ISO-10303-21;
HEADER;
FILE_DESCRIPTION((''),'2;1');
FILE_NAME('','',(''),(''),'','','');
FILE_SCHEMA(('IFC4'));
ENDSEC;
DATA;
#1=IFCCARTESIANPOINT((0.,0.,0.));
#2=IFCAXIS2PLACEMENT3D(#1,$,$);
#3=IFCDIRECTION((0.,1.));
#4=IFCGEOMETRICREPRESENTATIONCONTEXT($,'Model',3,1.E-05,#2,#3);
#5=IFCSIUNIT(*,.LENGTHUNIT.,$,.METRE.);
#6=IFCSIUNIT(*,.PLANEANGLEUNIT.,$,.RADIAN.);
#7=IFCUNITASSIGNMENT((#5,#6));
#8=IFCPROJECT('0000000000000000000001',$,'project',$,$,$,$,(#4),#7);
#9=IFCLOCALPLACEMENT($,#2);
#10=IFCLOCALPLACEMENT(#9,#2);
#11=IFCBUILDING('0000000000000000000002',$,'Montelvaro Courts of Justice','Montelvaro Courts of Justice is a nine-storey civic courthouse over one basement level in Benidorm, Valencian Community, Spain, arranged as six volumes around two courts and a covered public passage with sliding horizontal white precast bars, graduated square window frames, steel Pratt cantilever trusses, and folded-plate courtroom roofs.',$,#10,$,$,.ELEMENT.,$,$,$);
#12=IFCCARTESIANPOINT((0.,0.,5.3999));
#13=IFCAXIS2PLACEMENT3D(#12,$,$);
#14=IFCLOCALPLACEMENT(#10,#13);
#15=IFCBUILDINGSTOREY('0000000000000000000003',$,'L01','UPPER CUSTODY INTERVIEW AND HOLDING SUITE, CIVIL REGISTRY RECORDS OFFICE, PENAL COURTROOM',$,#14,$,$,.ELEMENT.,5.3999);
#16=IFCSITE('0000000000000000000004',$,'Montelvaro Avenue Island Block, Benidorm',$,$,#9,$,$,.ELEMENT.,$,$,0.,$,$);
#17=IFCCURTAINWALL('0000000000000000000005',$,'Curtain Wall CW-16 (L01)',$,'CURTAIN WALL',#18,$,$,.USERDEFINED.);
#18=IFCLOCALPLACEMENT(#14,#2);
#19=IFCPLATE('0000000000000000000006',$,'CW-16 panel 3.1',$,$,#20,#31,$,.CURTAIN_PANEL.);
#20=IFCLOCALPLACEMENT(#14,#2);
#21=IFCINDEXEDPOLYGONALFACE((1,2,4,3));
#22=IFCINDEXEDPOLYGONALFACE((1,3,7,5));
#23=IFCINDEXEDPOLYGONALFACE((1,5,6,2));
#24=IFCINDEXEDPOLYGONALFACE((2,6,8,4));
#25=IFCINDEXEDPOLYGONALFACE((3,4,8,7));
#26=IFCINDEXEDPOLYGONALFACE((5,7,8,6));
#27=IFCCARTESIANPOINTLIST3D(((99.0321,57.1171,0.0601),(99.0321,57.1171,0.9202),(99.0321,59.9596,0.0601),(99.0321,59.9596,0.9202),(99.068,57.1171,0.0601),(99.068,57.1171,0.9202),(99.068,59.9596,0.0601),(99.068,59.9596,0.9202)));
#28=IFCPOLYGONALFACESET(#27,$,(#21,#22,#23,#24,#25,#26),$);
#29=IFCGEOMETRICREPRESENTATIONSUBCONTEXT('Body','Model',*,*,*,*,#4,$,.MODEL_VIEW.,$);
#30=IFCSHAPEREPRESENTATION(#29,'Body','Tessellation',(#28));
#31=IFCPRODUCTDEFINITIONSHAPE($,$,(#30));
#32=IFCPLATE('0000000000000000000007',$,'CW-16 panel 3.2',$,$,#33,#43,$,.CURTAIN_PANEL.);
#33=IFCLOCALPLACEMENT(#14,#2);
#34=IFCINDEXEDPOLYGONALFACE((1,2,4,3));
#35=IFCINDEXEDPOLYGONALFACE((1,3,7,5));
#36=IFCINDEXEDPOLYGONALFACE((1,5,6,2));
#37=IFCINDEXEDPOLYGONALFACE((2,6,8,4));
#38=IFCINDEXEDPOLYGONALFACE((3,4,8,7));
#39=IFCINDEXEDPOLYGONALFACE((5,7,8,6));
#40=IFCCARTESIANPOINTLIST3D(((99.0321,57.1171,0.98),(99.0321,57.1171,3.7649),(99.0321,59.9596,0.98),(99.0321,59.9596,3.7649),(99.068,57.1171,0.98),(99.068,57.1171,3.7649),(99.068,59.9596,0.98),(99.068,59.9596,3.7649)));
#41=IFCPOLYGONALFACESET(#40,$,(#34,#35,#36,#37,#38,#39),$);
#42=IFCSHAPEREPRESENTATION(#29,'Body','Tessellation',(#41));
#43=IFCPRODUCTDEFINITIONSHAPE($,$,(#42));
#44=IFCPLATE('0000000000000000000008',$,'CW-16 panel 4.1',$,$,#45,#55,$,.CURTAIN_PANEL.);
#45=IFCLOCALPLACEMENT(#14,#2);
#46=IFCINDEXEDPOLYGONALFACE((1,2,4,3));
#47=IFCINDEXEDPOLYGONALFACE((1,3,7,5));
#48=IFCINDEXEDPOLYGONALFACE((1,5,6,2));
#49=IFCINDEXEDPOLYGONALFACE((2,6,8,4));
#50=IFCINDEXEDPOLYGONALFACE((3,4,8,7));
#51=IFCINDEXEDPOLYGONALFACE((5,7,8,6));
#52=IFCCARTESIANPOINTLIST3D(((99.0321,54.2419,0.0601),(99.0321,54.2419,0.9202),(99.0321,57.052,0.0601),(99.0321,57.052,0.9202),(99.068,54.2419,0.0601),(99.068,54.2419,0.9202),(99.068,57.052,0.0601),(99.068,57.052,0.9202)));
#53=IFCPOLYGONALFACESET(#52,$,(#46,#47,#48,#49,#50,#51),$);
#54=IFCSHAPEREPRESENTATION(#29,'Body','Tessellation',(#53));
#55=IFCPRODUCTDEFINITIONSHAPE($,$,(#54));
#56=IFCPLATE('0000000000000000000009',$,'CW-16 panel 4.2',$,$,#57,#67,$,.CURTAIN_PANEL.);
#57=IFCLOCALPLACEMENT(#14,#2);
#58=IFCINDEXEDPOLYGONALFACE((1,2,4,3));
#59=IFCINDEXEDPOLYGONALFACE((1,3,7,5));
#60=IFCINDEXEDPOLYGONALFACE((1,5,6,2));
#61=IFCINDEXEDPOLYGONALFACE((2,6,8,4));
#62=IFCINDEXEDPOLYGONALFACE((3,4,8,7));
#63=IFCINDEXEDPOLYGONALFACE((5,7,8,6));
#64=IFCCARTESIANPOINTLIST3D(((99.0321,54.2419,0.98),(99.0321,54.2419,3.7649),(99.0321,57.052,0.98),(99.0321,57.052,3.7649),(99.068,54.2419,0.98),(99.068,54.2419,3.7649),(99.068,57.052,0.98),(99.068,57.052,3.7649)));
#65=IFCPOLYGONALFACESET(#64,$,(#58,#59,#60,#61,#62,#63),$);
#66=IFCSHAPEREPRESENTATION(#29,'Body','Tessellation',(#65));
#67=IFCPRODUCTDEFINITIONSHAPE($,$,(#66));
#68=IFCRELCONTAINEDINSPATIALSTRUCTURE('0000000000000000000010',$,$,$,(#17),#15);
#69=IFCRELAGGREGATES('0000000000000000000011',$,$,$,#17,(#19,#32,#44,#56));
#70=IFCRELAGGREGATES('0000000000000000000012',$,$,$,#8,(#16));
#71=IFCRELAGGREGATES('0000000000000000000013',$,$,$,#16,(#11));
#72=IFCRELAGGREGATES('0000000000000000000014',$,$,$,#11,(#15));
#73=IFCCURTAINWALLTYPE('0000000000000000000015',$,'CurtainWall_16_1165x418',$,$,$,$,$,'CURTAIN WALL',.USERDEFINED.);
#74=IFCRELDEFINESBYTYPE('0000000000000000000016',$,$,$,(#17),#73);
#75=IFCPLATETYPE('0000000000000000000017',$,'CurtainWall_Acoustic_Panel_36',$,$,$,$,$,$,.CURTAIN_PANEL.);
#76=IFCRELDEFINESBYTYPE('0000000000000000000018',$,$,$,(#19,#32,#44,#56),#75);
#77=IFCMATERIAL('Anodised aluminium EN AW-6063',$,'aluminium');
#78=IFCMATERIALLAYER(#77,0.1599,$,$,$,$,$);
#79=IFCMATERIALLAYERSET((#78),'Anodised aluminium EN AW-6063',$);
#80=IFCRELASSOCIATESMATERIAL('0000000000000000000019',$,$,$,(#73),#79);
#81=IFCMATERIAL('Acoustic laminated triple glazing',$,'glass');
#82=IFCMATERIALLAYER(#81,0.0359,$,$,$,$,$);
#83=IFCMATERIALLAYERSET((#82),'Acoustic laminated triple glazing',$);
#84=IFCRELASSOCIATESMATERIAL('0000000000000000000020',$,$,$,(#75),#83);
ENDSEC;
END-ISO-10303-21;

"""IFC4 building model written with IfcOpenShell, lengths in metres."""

from ifc_helpers import new_model, si_unit, direction, frame, origin, origin_2d, place, context, subcontext, project, spatial, rectangle, extrude, material, layer, layer_set, type_object, element, aggregate, save


model = new_model("IFC4")

# Units and contexts
model_context = context("Model", 3, precision=1e-05, world=origin(), true_north=direction((0.0, 1.0)))
body_context = subcontext(model_context, "Body", "Model", "MODEL_VIEW")
ifc_project = project(units=[si_unit("LENGTHUNIT", "METRE"), si_unit("PLANEANGLEUNIT", "RADIAN")], contexts=[model_context])

# Site, building, storey
site_placement = place(None, origin())
site = spatial("IfcSite", under=ifc_project, at=site_placement, Name="Montelvaro Avenue Island Block, Benidorm", CompositionType="ELEMENT", RefElevation=0.0)
building_placement = place(site_placement, origin())
building = spatial("IfcBuilding", under=site, at=building_placement, Name="Montelvaro Courts of Justice", Description="Montelvaro Courts of Justice is a nine-storey civic courthouse over one basement level in Benidorm, Valencian Community, Spain, arranged as six volumes around two courts and a covered public passage with sliding horizontal white precast bars, graduated square window frames, steel Pratt cantilever trusses, and folded-plate courtroom roofs.", CompositionType="ELEMENT")
storey_placement = place(building_placement, frame((0.0, 0.0, 5.3999)))
storey = spatial("IfcBuildingStorey", under=building, at=storey_placement, Name="L01", Description="UPPER CUSTODY INTERVIEW AND HOLDING SUITE, CIVIL REGISTRY RECORDS OFFICE, PENAL COURTROOM", CompositionType="ELEMENT", Elevation=5.3999)

# Curtain wall
ifc_material_1 = material(Name="Anodised aluminium EN AW-6063", Category="aluminium")
ifc_layer_1 = layer(ifc_material_1, 0.1599)
ifc_layer_set_1 = layer_set([ifc_layer_1], Name="Anodised aluminium EN AW-6063")
curtain_wall_type = type_object("IfcCurtainWallType", Name="CurtainWall_16_1165x418", ElementType="CURTAIN WALL", PredefinedType="USERDEFINED", material=ifc_layer_set_1)
curtain_wall_1_placement = place(storey_placement, origin())
curtain_wall_1 = element("IfcCurtainWall", 1, at=curtain_wall_1_placement, inside=storey, type_object=curtain_wall_type, Name="Curtain Wall CW-16 (L01)", ObjectType="CURTAIN WALL", PredefinedType="USERDEFINED")

# Plates
ifc_material_2 = material(Name="Acoustic laminated triple glazing", Category="glass")
ifc_layer_2 = layer(ifc_material_2, 0.0359)
ifc_layer_set_2 = layer_set([ifc_layer_2], Name="Acoustic laminated triple glazing")
plate_type = type_object("IfcPlateType", Name="CurtainWall_Acoustic_Panel_36", PredefinedType="CURTAIN_PANEL", material=ifc_layer_set_2)
plate_1_placement = place(storey_placement, frame((99.05, 58.5383, 0.0601), z_axis=(0.0, 0.0, 1.0), x_axis=(0.0, -1.0, 0.0)))
plate_1 = element("IfcPlate", 2, at=plate_1_placement, type_object=plate_type, Name="CW-16 panel 3.1", PredefinedType="CURTAIN_PANEL", context=body_context, shape_type="SweptSolid", body=[
    extrude(rectangle(XDim=2.8425, YDim=0.0359, at=origin_2d()), origin(), (0.0, 0.0, 1.0), 0.8601),
])
plate_2_placement = place(storey_placement, frame((99.05, 58.5383, 0.98), z_axis=(0.0, 0.0, 1.0), x_axis=(0.0, -1.0, 0.0)))
plate_2 = element("IfcPlate", 3, at=plate_2_placement, type_object=plate_type, Name="CW-16 panel 3.2", PredefinedType="CURTAIN_PANEL", context=body_context, shape_type="SweptSolid", body=[
    extrude(rectangle(XDim=2.8425, YDim=0.0359, at=origin_2d()), origin(), (0.0, 0.0, 1.0), 2.7849),
])
plate_3_placement = place(storey_placement, frame((99.05, 55.647, 0.0601), z_axis=(0.0, 0.0, 1.0), x_axis=(0.0, -1.0, 0.0)))
plate_3 = element("IfcPlate", 4, at=plate_3_placement, type_object=plate_type, Name="CW-16 panel 4.1", PredefinedType="CURTAIN_PANEL", context=body_context, shape_type="SweptSolid", body=[
    extrude(rectangle(XDim=2.8101, YDim=0.0359, at=origin_2d()), origin(), (0.0, 0.0, 1.0), 0.8601),
])
plate_4_placement = place(storey_placement, frame((99.05, 55.647, 0.98), z_axis=(0.0, 0.0, 1.0), x_axis=(0.0, -1.0, 0.0)))
plate_4 = element("IfcPlate", 5, at=plate_4_placement, type_object=plate_type, Name="CW-16 panel 4.2", PredefinedType="CURTAIN_PANEL", context=body_context, shape_type="SweptSolid", body=[
    extrude(rectangle(XDim=2.8101, YDim=0.0359, at=origin_2d()), origin(), (0.0, 0.0, 1.0), 2.7849),
])
aggregate(curtain_wall_1, [plate_1, plate_2, plate_3, plate_4])

save(model, "model.ifc")
